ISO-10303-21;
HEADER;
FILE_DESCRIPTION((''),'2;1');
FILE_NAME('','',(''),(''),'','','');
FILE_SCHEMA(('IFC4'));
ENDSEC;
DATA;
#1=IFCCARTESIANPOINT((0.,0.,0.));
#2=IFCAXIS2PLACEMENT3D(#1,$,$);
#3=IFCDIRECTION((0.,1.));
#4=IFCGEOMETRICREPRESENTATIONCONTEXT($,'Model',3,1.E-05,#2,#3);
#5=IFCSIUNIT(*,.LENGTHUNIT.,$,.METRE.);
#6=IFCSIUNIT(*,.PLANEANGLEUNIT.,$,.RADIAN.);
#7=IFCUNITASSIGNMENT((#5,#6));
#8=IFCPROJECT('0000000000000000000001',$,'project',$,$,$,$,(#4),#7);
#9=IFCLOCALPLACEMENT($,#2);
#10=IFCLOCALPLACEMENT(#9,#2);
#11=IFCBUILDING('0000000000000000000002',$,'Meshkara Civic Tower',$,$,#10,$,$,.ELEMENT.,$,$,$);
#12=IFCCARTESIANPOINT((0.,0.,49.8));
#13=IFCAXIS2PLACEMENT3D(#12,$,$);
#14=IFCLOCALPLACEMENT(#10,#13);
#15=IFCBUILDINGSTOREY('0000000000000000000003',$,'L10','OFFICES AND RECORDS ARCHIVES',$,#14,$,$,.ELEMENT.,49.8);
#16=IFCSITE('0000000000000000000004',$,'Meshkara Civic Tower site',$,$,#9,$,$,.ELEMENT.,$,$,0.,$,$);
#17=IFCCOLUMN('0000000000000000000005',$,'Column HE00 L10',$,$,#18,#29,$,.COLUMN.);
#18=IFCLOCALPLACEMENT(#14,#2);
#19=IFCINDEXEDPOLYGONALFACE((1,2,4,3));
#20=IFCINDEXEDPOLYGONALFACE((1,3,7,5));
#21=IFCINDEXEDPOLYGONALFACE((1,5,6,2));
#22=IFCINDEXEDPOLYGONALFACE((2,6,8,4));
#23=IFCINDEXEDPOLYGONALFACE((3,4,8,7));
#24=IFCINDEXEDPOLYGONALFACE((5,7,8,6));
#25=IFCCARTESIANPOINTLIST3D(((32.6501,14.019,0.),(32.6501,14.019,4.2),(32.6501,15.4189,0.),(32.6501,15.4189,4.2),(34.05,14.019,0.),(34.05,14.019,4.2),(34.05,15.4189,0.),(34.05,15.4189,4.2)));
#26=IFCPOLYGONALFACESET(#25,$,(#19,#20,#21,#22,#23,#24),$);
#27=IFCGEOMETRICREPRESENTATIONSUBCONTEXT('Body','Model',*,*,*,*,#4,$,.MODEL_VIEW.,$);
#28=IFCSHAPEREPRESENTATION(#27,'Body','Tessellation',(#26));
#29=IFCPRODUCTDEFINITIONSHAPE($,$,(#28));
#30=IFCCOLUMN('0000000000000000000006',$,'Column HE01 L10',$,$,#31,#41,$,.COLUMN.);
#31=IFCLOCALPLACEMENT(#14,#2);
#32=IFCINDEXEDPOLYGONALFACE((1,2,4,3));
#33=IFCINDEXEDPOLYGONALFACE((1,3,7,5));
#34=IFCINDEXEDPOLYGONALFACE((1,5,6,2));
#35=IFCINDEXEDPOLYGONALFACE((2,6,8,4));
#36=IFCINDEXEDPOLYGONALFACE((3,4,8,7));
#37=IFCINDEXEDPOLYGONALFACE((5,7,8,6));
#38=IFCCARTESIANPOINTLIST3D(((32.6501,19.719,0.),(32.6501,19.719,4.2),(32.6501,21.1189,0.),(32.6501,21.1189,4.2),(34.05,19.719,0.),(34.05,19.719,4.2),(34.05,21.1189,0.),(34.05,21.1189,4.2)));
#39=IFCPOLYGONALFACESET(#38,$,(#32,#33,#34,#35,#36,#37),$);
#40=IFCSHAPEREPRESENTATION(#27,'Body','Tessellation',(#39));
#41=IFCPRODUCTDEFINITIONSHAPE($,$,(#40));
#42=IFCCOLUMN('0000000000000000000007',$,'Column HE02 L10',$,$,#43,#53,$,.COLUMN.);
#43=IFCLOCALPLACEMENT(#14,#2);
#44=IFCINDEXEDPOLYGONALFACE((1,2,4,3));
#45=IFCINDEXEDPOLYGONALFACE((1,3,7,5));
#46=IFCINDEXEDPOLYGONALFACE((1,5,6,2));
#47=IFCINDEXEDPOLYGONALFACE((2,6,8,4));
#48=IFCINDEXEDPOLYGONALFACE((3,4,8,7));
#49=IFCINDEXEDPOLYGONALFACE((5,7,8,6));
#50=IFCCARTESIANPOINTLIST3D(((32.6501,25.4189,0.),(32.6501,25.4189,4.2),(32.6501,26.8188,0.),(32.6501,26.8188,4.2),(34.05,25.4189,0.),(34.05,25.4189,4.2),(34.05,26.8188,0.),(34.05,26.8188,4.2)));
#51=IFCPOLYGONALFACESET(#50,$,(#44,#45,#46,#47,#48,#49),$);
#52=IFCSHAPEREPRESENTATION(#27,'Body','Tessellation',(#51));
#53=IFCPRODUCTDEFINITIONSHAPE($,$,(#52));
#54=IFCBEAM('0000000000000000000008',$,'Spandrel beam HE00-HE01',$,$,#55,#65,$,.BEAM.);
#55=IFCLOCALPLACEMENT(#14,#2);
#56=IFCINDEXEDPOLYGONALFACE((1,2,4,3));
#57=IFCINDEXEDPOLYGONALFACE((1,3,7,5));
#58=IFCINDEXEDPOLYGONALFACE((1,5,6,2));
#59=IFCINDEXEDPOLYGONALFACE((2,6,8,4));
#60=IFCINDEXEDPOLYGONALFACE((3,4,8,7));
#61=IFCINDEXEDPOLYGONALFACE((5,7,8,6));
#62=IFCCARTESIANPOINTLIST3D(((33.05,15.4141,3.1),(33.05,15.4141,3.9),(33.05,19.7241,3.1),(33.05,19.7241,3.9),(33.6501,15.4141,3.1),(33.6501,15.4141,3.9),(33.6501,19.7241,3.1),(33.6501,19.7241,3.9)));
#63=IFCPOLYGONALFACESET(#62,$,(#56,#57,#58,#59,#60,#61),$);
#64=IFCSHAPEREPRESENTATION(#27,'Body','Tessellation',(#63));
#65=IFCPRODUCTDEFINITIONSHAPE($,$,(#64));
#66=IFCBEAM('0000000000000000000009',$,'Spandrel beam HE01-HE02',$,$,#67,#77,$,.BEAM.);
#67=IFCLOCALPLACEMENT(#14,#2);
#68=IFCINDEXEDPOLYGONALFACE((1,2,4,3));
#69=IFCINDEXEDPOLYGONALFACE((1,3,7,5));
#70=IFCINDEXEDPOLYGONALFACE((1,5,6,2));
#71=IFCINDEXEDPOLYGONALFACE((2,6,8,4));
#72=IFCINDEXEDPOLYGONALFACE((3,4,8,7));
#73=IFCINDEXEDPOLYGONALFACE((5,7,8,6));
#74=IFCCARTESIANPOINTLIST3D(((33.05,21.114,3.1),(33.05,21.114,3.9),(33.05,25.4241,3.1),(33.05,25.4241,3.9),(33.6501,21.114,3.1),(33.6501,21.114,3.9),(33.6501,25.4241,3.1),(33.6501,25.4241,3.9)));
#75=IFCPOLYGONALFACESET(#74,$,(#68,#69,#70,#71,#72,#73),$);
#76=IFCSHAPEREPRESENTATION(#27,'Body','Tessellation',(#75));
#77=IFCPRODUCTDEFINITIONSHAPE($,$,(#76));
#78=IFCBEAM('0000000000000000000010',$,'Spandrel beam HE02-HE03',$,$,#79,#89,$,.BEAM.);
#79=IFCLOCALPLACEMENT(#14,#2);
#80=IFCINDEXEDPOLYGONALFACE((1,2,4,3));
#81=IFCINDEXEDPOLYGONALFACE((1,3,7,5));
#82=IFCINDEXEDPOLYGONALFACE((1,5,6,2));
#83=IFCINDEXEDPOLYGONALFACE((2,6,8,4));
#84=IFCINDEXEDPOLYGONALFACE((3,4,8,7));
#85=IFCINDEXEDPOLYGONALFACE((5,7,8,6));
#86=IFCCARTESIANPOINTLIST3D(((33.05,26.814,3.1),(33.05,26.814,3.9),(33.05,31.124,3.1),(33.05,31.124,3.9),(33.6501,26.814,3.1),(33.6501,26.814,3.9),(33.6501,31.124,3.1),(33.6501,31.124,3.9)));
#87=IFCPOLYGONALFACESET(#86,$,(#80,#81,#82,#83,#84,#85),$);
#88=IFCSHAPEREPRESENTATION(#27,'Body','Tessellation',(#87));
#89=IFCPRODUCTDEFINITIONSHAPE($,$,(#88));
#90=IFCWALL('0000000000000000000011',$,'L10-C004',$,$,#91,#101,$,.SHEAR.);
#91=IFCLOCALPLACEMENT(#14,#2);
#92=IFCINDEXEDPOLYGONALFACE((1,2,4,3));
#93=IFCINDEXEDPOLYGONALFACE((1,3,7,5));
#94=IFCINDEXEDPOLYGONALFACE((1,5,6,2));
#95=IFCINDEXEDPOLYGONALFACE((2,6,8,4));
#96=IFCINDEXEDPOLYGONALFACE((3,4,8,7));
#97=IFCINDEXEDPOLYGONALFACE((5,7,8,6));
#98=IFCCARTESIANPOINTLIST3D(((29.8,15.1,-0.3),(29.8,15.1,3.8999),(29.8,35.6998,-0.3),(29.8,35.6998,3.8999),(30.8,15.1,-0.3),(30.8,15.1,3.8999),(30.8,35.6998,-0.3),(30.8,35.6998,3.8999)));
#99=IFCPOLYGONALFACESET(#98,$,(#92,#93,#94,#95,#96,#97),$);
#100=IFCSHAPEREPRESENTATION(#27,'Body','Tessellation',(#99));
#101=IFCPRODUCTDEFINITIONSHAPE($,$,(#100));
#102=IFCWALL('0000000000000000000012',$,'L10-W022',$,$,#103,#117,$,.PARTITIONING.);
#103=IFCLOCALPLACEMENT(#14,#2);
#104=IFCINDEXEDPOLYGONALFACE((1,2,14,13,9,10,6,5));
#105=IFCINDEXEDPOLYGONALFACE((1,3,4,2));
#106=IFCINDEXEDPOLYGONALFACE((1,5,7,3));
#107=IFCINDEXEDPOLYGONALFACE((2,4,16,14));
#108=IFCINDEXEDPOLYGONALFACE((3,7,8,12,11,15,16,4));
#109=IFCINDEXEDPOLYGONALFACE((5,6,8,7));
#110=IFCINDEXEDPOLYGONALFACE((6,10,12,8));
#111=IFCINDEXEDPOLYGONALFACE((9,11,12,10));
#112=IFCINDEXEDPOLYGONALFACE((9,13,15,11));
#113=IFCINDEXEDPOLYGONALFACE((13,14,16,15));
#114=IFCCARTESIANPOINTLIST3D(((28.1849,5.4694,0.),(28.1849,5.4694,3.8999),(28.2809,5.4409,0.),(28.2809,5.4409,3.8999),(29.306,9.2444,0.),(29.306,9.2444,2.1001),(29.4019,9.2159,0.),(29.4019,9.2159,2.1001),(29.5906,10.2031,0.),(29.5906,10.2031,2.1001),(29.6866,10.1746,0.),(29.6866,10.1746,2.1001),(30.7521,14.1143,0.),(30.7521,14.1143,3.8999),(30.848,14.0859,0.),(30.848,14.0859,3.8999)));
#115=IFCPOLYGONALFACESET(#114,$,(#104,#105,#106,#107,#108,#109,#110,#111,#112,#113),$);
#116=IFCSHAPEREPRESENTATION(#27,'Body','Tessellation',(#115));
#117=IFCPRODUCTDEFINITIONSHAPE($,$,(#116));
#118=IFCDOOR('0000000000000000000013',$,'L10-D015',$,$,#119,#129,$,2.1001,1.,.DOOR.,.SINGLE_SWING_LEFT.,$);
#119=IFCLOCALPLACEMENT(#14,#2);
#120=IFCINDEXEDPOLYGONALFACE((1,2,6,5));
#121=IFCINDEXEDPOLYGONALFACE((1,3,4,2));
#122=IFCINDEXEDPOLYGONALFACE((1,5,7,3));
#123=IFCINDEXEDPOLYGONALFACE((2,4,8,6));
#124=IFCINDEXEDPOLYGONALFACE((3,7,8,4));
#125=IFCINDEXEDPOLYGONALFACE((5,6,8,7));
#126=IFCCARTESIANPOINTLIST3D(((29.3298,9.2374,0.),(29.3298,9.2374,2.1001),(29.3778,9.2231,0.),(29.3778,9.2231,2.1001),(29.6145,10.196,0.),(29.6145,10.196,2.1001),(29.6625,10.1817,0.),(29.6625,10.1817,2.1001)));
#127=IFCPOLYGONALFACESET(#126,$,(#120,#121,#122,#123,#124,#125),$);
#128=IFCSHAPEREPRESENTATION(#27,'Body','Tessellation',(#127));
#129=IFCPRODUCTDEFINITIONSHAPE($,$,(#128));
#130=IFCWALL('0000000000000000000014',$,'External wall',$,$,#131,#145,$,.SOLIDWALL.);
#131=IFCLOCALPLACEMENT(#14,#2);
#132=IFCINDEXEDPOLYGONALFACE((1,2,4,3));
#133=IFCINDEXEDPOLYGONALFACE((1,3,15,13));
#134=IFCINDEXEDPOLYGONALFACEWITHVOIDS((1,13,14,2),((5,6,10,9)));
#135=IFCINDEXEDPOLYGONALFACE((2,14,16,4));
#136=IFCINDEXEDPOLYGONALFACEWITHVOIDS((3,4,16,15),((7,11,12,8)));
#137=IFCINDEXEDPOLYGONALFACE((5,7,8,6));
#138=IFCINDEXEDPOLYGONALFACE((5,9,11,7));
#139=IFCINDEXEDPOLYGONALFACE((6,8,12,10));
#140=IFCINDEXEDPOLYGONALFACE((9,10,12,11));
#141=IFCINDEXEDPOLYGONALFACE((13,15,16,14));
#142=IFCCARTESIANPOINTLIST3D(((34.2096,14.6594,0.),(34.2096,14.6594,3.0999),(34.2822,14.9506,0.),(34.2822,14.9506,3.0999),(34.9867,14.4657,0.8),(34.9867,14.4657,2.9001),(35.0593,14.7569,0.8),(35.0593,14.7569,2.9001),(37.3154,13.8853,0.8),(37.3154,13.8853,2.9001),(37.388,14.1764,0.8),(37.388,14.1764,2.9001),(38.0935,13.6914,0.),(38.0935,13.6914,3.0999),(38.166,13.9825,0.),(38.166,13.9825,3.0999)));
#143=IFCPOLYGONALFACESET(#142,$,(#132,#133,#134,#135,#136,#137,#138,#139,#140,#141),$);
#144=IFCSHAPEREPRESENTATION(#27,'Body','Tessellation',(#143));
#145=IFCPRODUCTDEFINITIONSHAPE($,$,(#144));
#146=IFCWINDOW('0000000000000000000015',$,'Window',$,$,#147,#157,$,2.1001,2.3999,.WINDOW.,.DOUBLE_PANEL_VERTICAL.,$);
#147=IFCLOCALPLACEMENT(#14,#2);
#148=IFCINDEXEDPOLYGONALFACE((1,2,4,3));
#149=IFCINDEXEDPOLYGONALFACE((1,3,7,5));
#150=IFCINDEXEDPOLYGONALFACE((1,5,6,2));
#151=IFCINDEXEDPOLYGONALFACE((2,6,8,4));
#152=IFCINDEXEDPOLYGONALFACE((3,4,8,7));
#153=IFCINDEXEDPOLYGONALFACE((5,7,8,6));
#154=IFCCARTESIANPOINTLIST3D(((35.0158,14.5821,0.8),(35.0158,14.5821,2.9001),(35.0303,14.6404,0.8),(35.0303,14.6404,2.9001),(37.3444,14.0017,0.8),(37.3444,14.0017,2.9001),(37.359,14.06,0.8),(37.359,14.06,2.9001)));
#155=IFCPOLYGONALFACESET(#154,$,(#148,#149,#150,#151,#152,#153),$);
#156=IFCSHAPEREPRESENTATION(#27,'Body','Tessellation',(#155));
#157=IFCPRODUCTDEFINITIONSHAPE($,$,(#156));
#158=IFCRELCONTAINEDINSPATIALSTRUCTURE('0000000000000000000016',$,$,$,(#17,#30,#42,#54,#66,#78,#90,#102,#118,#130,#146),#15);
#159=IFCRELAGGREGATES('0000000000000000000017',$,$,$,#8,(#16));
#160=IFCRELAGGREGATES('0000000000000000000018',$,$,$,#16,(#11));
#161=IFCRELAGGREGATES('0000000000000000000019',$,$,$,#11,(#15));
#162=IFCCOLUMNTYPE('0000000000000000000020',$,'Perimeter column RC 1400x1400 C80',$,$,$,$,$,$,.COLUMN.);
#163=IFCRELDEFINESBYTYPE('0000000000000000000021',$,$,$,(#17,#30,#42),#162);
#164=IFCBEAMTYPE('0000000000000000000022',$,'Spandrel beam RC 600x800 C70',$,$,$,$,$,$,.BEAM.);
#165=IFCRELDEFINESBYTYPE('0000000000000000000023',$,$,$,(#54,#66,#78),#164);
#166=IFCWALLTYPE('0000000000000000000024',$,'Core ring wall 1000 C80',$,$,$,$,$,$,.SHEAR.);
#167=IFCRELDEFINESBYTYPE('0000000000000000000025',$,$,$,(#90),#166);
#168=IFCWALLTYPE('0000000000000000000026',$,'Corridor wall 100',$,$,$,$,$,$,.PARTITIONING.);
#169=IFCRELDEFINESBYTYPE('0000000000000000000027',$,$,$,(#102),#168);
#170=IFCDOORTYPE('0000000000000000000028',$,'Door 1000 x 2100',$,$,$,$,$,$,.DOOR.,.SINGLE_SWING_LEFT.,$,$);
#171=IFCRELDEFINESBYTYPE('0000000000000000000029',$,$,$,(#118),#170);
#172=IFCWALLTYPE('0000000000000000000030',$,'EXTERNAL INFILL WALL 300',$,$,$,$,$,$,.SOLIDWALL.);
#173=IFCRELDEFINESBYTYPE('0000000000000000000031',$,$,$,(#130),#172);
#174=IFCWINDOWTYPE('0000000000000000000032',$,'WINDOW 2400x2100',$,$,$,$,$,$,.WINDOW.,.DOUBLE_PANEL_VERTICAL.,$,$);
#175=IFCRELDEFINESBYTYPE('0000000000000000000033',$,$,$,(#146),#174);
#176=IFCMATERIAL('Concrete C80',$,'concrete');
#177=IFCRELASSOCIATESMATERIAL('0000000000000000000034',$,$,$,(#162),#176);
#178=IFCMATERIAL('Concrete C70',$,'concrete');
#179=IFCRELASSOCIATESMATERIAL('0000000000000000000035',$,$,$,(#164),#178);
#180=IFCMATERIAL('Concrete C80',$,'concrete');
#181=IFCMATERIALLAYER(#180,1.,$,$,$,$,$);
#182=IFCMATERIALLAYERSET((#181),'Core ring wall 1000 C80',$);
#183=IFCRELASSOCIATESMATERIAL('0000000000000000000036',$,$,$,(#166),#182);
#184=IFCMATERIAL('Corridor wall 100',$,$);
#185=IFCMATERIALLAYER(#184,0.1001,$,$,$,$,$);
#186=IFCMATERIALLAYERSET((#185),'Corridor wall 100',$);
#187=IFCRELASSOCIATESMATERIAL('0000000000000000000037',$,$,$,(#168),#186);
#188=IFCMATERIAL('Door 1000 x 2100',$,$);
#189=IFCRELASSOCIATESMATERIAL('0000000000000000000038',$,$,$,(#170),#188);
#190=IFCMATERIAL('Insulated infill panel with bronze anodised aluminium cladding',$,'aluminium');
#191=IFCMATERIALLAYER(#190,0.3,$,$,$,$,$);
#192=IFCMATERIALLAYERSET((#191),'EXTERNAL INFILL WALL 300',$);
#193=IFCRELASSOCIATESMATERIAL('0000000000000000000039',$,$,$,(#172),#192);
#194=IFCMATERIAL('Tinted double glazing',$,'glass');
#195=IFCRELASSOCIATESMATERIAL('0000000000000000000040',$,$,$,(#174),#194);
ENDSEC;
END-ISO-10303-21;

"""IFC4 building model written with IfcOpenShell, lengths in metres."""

from ifc_helpers import new_model, si_unit, direction, frame, frame_2d, origin, origin_2d, place, context, subcontext, project, spatial, rectangle, extrude, material, layer, layer_set, material_profile, profile_set, type_object, element, fill, save


model = new_model("IFC4")

# Units and contexts
model_context = context("Model", 3, precision=1e-05, world=origin(), true_north=direction((0.0, 1.0)))
body_context = subcontext(model_context, "Body", "Model", "MODEL_VIEW")
ifc_project = project(units=[si_unit("LENGTHUNIT", "METRE"), si_unit("PLANEANGLEUNIT", "RADIAN")], contexts=[model_context])

# Site, building, storey
site_placement = place(None, origin())
site = spatial("IfcSite", under=ifc_project, at=site_placement, Name="Meshkara Civic Tower site", CompositionType="ELEMENT", RefElevation=0.0)
building_placement = place(site_placement, origin())
building = spatial("IfcBuilding", under=site, at=building_placement, Name="Meshkara Civic Tower", CompositionType="ELEMENT")
storey_placement = place(building_placement, frame((0.0, 0.0, 49.8)))
storey = spatial("IfcBuildingStorey", under=building, at=storey_placement, Name="L10", Description="OFFICES AND RECORDS ARCHIVES", CompositionType="ELEMENT", Elevation=49.8)

# Columns
ifc_material_1 = material(Name="Concrete C80", Category="concrete")
ifc_material_profile_1 = material_profile(ifc_material_1, rectangle(XDim=1.3999, YDim=1.3999, at=origin_2d()))
ifc_profile_set_1 = profile_set([ifc_material_profile_1], Name="Concrete C80")
column_type = type_object("IfcColumnType", Name="Perimeter column RC 1400x1400 C80", PredefinedType="COLUMN", material=ifc_profile_set_1)
for number, where, z_axis, x_axis, name in (
    (1, (33.3501, 14.719, 0.0), (0.0, 0.0, 1.0), (1.0, 0.0, 0.0), "Column HE00 L10"),
    (2, (33.3501, 20.4189, 0.0), (0.0, 0.0, 1.0), (1.0, 0.0, 0.0), "Column HE01 L10"),
    (3, (33.3501, 26.1189, 0.0), (0.0, 0.0, 1.0), (1.0, 0.0, 0.0), "Column HE02 L10"),
):
    element("IfcColumn", number, at=place(storey_placement, frame(where, z_axis=z_axis, x_axis=x_axis)), inside=storey, type_object=column_type, Name=name, PredefinedType="COLUMN", context=body_context, shape_type="SweptSolid", body=[
        extrude(rectangle(XDim=1.3999, YDim=1.3999, at=origin_2d()), origin(), (0.0, 0.0, 1.0), 4.2),
    ])

# Beams
ifc_material_2 = material(Name="Concrete C70", Category="concrete")
ifc_material_profile_2 = material_profile(ifc_material_2, rectangle(XDim=0.6001, YDim=0.8, at=origin_2d()))
ifc_profile_set_2 = profile_set([ifc_material_profile_2], Name="Concrete C70")
beam_type = type_object("IfcBeamType", Name="Spandrel beam RC 600x800 C70", PredefinedType="BEAM", material=ifc_profile_set_2)
for number, where, z_axis, x_axis, name in (
    (4, (33.3501, 15.4141, 3.5), (0.0, 1.0, 0.0), (-1.0, 0.0, 0.0), "Spandrel beam HE00-HE01"),
    (5, (33.3501, 21.114, 3.5), (0.0, 1.0, 0.0), (-1.0, 0.0, 0.0), "Spandrel beam HE01-HE02"),
    (6, (33.3501, 26.814, 3.5), (0.0, 1.0, 0.0), (-1.0, 0.0, 0.0), "Spandrel beam HE02-HE03"),
):
    element("IfcBeam", number, at=place(storey_placement, frame(where, z_axis=z_axis, x_axis=x_axis)), inside=storey, type_object=beam_type, Name=name, PredefinedType="BEAM", context=body_context, shape_type="SweptSolid", body=[
        extrude(rectangle(XDim=0.6001, YDim=0.8, at=origin_2d()), origin(), (0.0, 0.0, 1.0), 4.3101),
    ])

# Wall
ifc_material_3 = material(Name="Concrete C80", Category="concrete")
ifc_layer_1 = layer(ifc_material_3, 1.0)
ifc_layer_set_1 = layer_set([ifc_layer_1], Name="Core ring wall 1000 C80")
wall_type_1 = type_object("IfcWallType", Name="Core ring wall 1000 C80", PredefinedType="SHEAR", material=ifc_layer_set_1)
wall_1_placement = place(storey_placement, frame((30.3, 15.1001, -0.3), z_axis=(0.0, 0.0, 1.0), x_axis=(0.0, 1.0, 0.0)))
element("IfcWall", 7, at=wall_1_placement, inside=storey, type_object=wall_type_1, Name="L10-C004", PredefinedType="SHEAR", context=body_context, shape_type="SweptSolid", body=[
    extrude(rectangle(XDim=20.5999, YDim=1.0, at=frame_2d((10.2998, 0.0))), origin(), (0.0, 0.0, 1.0), 4.2),
])

# Wall, opening, door
ifc_material_4 = material(Name="Corridor wall 100")
ifc_layer_2 = layer(ifc_material_4, 0.1001)
ifc_layer_set_2 = layer_set([ifc_layer_2], Name="Corridor wall 100")
wall_type_2 = type_object("IfcWallType", Name="Corridor wall 100", PredefinedType="PARTITIONING", material=ifc_layer_set_2)
wall_2_placement = place(storey_placement, frame((30.8, 14.1001, 0.0), z_axis=(0.0, 0.0, 1.0), x_axis=(-0.284664, -0.958627, 0.0)))
wall_2 = element("IfcWall", 8, at=wall_2_placement, inside=storey, type_object=wall_type_2, Name="L10-W022", PredefinedType="PARTITIONING", context=body_context, shape_type="SweptSolid", body=[
    extrude(rectangle(XDim=9.0181, YDim=0.1001, at=frame_2d((4.509, 0.0))), origin(), (0.0, 0.0, 1.0), 3.8999),
])
opening_1_placement = place(wall_2_placement, frame((4.0801, 0.0, 0.0)))
opening_1 = element("IfcOpeningElement", 9, at=opening_1_placement, cuts=wall_2, PredefinedType="OPENING", context=body_context, shape_type="SweptSolid", body=[
    extrude(rectangle(XDim=1.0, YDim=2.1001, at=frame_2d((0.5, 1.05))), frame((0.0, 0.0601, 0.0), z_axis=(0.0, -1.0, 0.0), x_axis=(1.0, 0.0, 0.0)), (0.0, 0.0, 1.0), 0.1201),
])
ifc_material_5 = material(Name="Door 1000 x 2100")
door_type = type_object("IfcDoorType", Name="Door 1000 x 2100", OperationType="SINGLE_SWING_LEFT", PredefinedType="DOOR", material=ifc_material_5)
door_placement = place(opening_1_placement, origin())
door = element("IfcDoor", 10, at=door_placement, inside=storey, type_object=door_type, Name="L10-D015", OperationType="SINGLE_SWING_LEFT", OverallHeight=2.1001, OverallWidth=1.0, PredefinedType="DOOR", context=body_context, shape_type="SweptSolid", body=[
    extrude(rectangle(XDim=1.0, YDim=2.1001, at=frame_2d((0.5, 1.05))), frame((0.0, 0.0249, 0.0), z_axis=(0.0, -1.0, 0.0), x_axis=(1.0, 0.0, 0.0)), (0.0, 0.0, 1.0), 0.05),
])
fill(opening_1, door)

# Wall, opening, window
ifc_material_6 = material(Name="Insulated infill panel with bronze anodised aluminium cladding", Category="aluminium")
ifc_layer_3 = layer(ifc_material_6, 0.3)
ifc_layer_set_3 = layer_set([ifc_layer_3], Name="EXTERNAL INFILL WALL 300")
wall_type_3 = type_object("IfcWallType", Name="EXTERNAL INFILL WALL 300", PredefinedType="SOLIDWALL", material=ifc_layer_set_3)
wall_3_placement = place(storey_placement, frame((38.1299, 13.8369, 0.0), z_axis=(0.0, 0.0, 1.0), x_axis=(-0.970314, 0.241847, 0.0)))
wall_3 = element("IfcWall", 11, at=wall_3_placement, inside=storey, type_object=wall_type_3, Name="External wall", PredefinedType="SOLIDWALL", context=body_context, shape_type="SweptSolid", body=[
    extrude(rectangle(XDim=4.0027, YDim=0.3, at=frame_2d((2.0015, 0.0))), origin(), (0.0, 0.0, 1.0), 3.0999),
])
opening_2_placement = place(wall_3_placement, frame((0.802, 0.0, 0.8)))
opening_2 = element("IfcOpeningElement", 12, at=opening_2_placement, cuts=wall_3, PredefinedType="OPENING", context=body_context, shape_type="SweptSolid", body=[
    extrude(rectangle(XDim=2.3999, YDim=2.1001, at=frame_2d((1.2, 1.05))), frame((0.0, 0.1599, 0.0), z_axis=(0.0, -1.0, 0.0), x_axis=(1.0, 0.0, 0.0)), (0.0, 0.0, 1.0), 0.3201),
])
ifc_material_7 = material(Name="Tinted double glazing", Category="glass")
window_type = type_object("IfcWindowType", Name="WINDOW 2400x2100", PartitioningType="DOUBLE_PANEL_VERTICAL", PredefinedType="WINDOW", material=ifc_material_7)
window_1_placement = place(opening_2_placement, origin())
window_1 = element("IfcWindow", 13, at=window_1_placement, inside=storey, type_object=window_type, Name="Window", OverallHeight=2.1001, OverallWidth=2.3999, PartitioningType="DOUBLE_PANEL_VERTICAL", PredefinedType="WINDOW", context=body_context, shape_type="SweptSolid", body=[
    extrude(rectangle(XDim=2.3999, YDim=2.1001, at=frame_2d((1.2, 1.05))), frame((0.0, 0.03, 0.0), z_axis=(0.0, -1.0, 0.0), x_axis=(1.0, 0.0, 0.0)), (0.0, 0.0, 1.0), 0.0601),
])
fill(opening_2, window_1)

save(model, "model.ifc")
